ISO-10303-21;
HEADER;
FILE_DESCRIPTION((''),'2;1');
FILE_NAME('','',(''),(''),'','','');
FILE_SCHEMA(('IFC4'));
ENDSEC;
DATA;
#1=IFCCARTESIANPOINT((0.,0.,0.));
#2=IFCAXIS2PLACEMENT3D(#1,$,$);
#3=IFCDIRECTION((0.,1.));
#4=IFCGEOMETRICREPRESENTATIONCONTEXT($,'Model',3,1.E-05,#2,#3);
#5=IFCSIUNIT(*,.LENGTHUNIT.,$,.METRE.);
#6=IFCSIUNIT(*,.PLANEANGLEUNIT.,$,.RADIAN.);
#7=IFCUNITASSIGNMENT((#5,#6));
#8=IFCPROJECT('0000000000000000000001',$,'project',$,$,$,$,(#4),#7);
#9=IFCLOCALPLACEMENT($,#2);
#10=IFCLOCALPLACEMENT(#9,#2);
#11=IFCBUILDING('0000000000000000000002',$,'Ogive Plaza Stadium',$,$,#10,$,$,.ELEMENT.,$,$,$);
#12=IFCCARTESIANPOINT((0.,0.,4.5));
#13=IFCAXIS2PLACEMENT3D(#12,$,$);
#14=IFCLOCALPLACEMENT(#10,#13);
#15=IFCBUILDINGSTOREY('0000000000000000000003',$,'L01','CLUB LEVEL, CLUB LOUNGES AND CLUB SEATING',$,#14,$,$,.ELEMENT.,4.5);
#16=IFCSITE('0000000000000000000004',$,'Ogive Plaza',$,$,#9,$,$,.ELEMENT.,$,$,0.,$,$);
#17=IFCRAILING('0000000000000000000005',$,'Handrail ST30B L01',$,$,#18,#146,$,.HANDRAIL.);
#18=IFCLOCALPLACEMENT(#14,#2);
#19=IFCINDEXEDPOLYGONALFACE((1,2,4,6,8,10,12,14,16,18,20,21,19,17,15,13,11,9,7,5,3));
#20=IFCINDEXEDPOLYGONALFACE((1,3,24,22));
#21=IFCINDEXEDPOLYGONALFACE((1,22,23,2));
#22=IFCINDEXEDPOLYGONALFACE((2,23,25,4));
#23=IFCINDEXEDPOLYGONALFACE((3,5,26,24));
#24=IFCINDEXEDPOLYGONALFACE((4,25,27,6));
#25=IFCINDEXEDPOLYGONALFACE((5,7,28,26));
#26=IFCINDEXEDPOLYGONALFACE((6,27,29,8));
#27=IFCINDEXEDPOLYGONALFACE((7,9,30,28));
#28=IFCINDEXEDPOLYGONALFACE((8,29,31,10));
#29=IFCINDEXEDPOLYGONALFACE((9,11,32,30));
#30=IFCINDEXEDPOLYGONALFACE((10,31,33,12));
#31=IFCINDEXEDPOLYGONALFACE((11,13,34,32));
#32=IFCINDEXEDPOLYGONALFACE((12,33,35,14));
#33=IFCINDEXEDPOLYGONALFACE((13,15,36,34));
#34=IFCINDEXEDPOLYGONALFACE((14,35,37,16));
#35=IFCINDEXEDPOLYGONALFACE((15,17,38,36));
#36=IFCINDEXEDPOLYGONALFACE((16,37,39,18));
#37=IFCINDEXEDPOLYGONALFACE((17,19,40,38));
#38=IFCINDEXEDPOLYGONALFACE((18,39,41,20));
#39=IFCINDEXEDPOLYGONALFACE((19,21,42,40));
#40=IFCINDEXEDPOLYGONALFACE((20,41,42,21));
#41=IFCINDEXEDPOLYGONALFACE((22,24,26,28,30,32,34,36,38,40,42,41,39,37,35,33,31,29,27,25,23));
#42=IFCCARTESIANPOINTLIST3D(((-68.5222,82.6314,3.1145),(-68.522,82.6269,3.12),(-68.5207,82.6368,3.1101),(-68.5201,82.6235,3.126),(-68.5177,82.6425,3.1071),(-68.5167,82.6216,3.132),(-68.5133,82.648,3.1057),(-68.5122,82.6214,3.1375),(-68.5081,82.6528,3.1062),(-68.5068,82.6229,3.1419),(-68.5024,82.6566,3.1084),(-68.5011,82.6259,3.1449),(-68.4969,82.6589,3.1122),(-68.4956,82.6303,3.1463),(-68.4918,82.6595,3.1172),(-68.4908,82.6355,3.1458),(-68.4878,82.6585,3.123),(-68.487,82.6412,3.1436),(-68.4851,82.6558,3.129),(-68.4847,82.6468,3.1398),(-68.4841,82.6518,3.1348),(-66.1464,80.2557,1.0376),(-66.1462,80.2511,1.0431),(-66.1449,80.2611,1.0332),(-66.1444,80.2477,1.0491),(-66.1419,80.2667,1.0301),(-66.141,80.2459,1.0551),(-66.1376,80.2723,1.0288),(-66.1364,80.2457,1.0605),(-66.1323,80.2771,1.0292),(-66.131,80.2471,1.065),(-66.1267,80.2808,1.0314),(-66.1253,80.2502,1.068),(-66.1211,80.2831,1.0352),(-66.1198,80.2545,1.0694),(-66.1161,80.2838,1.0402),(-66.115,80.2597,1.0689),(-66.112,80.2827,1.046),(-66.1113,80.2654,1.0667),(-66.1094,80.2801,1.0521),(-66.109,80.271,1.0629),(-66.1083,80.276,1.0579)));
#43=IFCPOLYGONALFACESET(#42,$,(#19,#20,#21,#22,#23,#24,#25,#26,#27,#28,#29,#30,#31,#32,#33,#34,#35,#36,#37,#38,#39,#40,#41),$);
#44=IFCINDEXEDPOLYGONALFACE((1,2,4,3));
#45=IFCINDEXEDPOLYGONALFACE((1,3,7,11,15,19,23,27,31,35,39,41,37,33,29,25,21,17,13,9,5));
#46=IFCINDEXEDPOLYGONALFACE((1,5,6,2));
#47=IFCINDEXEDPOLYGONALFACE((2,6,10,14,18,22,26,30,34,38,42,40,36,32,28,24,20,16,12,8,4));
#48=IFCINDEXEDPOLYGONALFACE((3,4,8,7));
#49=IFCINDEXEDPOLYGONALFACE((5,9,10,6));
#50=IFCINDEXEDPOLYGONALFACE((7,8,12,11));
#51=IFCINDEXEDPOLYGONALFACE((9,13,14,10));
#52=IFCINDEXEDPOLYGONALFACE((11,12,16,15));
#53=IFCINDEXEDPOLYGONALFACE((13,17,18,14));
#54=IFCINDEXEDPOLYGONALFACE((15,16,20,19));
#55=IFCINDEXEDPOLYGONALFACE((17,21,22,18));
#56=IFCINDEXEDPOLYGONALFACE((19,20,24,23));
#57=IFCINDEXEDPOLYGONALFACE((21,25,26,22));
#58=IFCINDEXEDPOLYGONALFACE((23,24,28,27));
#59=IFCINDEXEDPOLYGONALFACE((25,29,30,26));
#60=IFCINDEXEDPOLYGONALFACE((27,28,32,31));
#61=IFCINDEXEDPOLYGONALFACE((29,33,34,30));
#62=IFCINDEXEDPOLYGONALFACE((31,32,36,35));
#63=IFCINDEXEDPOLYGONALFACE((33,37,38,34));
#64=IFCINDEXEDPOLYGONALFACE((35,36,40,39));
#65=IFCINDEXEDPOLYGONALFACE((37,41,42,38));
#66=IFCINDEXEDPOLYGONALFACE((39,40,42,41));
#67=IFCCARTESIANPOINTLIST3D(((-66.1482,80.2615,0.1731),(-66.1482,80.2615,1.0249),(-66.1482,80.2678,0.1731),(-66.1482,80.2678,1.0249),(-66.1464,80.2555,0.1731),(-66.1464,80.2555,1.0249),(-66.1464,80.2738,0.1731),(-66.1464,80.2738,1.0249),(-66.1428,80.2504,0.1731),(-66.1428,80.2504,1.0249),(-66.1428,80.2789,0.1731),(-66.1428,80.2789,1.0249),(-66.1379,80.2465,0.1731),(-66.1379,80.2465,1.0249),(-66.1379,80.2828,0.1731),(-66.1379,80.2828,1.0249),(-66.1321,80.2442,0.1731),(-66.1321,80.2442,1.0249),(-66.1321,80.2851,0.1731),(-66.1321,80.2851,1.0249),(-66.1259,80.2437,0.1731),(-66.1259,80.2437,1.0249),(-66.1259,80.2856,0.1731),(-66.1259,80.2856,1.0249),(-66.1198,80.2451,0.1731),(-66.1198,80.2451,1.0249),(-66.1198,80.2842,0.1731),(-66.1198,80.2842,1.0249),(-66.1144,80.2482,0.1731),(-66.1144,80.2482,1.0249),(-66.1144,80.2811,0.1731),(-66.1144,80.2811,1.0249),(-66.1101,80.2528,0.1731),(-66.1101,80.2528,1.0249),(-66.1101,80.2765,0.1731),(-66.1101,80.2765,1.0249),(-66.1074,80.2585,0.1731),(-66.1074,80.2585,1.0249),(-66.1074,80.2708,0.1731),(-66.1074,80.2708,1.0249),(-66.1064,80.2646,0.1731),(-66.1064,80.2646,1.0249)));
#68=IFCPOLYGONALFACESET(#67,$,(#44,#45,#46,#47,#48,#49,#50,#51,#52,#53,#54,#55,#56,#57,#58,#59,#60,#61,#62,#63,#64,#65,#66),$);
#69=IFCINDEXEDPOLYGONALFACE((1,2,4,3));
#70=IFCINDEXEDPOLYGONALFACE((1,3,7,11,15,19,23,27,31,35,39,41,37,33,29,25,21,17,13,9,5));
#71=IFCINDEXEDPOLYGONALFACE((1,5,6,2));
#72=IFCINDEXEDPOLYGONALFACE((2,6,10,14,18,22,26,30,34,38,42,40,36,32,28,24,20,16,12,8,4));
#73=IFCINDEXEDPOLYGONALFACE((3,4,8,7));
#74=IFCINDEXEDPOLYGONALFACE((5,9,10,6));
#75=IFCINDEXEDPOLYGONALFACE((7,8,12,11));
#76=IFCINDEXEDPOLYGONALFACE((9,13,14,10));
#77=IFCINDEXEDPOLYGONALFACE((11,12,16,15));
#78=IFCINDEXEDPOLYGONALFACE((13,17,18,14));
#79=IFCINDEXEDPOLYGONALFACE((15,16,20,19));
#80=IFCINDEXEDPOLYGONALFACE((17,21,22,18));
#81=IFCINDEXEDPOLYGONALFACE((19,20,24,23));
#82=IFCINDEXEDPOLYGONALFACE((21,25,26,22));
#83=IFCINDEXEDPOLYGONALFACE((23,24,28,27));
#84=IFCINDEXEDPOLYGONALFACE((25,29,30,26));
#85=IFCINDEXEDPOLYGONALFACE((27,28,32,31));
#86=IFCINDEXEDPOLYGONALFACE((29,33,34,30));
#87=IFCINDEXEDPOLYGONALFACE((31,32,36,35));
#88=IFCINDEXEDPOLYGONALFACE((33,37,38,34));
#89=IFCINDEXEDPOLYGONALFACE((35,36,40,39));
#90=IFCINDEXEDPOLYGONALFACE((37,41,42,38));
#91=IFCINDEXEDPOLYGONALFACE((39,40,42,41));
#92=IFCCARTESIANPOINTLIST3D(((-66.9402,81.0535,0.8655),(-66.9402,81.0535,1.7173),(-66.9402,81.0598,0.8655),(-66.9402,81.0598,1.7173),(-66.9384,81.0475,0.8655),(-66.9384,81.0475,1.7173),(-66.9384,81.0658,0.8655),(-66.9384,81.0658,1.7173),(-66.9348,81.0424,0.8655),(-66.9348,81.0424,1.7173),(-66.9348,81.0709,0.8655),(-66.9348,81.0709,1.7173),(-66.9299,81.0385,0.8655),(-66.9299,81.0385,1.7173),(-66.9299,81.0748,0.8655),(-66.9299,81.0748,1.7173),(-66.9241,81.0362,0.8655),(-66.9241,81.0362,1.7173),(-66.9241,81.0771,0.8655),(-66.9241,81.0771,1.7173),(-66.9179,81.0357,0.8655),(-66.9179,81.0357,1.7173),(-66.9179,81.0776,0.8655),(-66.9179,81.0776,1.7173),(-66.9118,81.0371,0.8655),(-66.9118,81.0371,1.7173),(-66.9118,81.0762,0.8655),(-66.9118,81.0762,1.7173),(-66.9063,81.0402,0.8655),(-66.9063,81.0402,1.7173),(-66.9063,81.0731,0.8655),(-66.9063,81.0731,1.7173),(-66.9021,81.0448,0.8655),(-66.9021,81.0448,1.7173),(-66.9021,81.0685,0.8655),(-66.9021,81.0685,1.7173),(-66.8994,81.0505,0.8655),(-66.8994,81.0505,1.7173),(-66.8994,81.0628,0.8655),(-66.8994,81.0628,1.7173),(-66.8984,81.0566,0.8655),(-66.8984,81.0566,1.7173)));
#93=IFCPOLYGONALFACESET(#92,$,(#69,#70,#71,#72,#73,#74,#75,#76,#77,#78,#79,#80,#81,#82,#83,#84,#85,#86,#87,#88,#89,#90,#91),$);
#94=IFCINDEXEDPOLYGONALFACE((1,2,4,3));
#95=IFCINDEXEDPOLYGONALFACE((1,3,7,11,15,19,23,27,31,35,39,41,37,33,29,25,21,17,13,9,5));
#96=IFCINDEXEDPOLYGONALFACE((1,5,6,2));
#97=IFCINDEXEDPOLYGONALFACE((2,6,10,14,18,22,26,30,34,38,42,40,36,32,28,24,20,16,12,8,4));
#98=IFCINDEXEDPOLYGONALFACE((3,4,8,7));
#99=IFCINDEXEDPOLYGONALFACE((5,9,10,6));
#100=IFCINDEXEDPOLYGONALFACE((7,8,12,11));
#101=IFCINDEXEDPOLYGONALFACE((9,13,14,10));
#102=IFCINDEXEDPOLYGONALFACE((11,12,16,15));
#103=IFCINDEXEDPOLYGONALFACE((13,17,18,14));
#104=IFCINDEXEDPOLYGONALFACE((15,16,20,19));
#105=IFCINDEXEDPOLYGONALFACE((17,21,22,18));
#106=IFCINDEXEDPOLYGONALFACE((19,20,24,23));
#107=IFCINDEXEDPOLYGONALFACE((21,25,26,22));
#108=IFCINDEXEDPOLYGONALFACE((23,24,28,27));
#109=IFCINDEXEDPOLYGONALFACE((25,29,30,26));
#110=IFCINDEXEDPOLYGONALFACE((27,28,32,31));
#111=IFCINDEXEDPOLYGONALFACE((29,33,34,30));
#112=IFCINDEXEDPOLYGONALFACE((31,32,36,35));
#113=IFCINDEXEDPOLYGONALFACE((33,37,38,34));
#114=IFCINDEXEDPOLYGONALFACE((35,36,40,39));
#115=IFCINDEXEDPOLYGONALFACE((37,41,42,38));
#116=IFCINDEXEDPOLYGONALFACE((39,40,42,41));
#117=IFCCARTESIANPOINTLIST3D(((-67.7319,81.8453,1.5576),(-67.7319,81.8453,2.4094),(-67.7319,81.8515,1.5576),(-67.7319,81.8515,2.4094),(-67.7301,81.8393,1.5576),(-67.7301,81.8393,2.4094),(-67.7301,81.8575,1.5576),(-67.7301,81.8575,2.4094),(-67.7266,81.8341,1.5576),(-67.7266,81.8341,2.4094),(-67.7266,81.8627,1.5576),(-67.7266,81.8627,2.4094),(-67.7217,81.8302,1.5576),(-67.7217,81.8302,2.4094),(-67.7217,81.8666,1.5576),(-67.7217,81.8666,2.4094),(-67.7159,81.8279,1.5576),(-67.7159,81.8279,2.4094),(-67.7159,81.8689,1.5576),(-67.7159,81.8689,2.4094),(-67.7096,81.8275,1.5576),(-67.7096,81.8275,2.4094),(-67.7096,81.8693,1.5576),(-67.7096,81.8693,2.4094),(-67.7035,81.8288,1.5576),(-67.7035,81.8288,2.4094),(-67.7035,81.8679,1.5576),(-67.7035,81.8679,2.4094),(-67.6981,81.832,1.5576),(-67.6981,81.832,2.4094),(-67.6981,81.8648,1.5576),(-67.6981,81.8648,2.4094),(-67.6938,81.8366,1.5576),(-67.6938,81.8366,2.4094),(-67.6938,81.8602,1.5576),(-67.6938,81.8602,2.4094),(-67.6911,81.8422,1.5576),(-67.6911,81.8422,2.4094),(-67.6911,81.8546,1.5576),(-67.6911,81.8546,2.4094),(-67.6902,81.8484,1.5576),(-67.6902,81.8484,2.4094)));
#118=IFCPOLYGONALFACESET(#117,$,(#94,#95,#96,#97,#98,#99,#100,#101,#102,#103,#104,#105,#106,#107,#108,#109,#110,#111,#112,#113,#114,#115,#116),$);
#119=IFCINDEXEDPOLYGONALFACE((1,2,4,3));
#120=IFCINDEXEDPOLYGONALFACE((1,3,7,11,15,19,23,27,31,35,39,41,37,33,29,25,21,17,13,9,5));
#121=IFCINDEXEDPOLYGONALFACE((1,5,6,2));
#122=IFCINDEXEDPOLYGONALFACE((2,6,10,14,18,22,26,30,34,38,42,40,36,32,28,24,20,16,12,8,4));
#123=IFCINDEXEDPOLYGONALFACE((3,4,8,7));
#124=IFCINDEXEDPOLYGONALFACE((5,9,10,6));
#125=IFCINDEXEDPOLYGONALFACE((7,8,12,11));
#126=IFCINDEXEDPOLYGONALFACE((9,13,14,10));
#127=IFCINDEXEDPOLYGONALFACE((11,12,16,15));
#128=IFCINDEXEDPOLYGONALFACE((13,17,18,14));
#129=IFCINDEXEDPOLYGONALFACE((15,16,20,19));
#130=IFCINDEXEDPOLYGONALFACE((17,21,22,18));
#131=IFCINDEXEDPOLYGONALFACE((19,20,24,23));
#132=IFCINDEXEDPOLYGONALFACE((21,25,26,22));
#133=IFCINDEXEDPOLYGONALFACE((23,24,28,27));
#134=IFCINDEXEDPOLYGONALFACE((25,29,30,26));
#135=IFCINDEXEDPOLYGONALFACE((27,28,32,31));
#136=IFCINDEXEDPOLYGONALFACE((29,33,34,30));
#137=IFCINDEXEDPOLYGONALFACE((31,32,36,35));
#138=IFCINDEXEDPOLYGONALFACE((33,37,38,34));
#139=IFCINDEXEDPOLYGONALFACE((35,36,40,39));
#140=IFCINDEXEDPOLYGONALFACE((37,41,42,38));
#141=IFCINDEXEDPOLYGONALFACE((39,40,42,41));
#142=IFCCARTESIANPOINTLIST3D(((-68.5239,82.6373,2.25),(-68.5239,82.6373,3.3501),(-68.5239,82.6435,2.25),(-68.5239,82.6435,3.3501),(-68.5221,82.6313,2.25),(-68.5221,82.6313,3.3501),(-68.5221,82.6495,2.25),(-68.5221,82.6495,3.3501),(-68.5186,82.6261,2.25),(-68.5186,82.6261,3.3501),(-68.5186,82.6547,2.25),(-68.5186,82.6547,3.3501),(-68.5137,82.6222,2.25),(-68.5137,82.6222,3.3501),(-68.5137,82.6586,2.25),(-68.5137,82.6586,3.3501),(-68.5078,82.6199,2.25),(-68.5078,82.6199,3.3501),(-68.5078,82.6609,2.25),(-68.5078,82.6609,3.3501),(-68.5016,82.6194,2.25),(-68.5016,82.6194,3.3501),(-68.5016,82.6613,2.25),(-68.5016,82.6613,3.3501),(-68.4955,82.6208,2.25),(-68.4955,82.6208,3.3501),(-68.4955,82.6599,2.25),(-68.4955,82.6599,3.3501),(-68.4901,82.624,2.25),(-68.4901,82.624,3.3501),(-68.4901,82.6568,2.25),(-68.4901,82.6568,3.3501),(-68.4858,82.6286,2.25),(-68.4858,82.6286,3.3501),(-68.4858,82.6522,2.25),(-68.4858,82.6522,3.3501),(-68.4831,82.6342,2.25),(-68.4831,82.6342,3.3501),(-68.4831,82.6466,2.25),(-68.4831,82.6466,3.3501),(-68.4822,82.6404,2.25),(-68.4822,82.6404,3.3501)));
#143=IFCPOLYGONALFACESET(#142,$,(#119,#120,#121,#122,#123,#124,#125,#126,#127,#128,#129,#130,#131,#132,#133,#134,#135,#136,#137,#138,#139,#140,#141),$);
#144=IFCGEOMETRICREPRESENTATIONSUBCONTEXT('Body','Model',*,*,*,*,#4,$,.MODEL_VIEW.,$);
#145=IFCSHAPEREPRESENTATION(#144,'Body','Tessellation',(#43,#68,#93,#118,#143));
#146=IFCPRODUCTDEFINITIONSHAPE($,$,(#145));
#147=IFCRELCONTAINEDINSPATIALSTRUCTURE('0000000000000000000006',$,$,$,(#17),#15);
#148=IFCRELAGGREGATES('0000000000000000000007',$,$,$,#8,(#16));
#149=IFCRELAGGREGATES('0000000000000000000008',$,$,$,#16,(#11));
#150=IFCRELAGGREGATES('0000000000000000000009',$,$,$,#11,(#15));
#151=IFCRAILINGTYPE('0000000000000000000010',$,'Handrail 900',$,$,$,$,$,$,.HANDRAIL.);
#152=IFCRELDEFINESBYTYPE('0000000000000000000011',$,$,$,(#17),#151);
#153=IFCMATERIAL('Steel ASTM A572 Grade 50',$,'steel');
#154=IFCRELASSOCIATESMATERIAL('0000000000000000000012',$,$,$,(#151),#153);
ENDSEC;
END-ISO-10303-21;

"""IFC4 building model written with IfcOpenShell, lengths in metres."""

from ifc_helpers import new_model, si_unit, direction, frame, origin, origin_2d, place, context, subcontext, project, spatial, circle, extrude, material, type_object, element, save


model = new_model("IFC4")

# Units and contexts
model_context = context("Model", 3, precision=1e-05, world=origin(), true_north=direction((0.0, 1.0)))
body_context = subcontext(model_context, "Body", "Model", "MODEL_VIEW")
ifc_project = project(units=[si_unit("LENGTHUNIT", "METRE"), si_unit("PLANEANGLEUNIT", "RADIAN")], contexts=[model_context])

# Site, building, storey
site_placement = place(None, origin())
site = spatial("IfcSite", under=ifc_project, at=site_placement, Name="Ogive Plaza", CompositionType="ELEMENT", RefElevation=0.0)
building_placement = place(site_placement, origin())
building = spatial("IfcBuilding", under=site, at=building_placement, Name="Ogive Plaza Stadium", CompositionType="ELEMENT")
storey_placement = place(building_placement, frame((0.0, 0.0, 4.5)))
storey = spatial("IfcBuildingStorey", under=building, at=storey_placement, Name="L01", Description="CLUB LEVEL, CLUB LOUNGES AND CLUB SEATING", CompositionType="ELEMENT", Elevation=4.5)

# Railing
ifc_material_1 = material(Name="Steel ASTM A572 Grade 50", Category="steel")
railing_type_1 = type_object("IfcRailingType", Name="Handrail 900", PredefinedType="HANDRAIL", material=ifc_material_1)
railing_1_placement = place(storey_placement, frame((-66.1274, 80.2646, 0.1731)))
element("IfcRailing", 1, at=railing_1_placement, inside=storey, type_object=railing_type_1, Name="Handrail ST30B L01", PredefinedType="HANDRAIL", context=body_context, shape_type="SweptSolid", body=[
    extrude(circle(Radius=0.0239, at=origin_2d()), frame((0.0, 0.0, 0.876), z_axis=(-0.601466, 0.601466, 0.525811), x_axis=(-0.707107, -0.707107, 0.0)), (0.0, 0.0, 1.0), 3.95),
    extrude(circle(Radius=0.021, at=origin_2d()), origin(), (0.0, 0.0, 1.0), 0.8518),
    extrude(circle(Radius=0.021, at=origin_2d()), frame((-0.792, 0.792, 0.6924)), (0.0, 0.0, 1.0), 0.8518),
    extrude(circle(Radius=0.021, at=origin_2d()), frame((-1.5837, 1.5837, 1.3845)), (0.0, 0.0, 1.0), 0.8518),
    extrude(circle(Radius=0.021, at=origin_2d()), frame((-2.3757, 2.3757, 2.0769)), (0.0, 0.0, 1.0), 1.1001),
])

save(model, "model.ifc")
